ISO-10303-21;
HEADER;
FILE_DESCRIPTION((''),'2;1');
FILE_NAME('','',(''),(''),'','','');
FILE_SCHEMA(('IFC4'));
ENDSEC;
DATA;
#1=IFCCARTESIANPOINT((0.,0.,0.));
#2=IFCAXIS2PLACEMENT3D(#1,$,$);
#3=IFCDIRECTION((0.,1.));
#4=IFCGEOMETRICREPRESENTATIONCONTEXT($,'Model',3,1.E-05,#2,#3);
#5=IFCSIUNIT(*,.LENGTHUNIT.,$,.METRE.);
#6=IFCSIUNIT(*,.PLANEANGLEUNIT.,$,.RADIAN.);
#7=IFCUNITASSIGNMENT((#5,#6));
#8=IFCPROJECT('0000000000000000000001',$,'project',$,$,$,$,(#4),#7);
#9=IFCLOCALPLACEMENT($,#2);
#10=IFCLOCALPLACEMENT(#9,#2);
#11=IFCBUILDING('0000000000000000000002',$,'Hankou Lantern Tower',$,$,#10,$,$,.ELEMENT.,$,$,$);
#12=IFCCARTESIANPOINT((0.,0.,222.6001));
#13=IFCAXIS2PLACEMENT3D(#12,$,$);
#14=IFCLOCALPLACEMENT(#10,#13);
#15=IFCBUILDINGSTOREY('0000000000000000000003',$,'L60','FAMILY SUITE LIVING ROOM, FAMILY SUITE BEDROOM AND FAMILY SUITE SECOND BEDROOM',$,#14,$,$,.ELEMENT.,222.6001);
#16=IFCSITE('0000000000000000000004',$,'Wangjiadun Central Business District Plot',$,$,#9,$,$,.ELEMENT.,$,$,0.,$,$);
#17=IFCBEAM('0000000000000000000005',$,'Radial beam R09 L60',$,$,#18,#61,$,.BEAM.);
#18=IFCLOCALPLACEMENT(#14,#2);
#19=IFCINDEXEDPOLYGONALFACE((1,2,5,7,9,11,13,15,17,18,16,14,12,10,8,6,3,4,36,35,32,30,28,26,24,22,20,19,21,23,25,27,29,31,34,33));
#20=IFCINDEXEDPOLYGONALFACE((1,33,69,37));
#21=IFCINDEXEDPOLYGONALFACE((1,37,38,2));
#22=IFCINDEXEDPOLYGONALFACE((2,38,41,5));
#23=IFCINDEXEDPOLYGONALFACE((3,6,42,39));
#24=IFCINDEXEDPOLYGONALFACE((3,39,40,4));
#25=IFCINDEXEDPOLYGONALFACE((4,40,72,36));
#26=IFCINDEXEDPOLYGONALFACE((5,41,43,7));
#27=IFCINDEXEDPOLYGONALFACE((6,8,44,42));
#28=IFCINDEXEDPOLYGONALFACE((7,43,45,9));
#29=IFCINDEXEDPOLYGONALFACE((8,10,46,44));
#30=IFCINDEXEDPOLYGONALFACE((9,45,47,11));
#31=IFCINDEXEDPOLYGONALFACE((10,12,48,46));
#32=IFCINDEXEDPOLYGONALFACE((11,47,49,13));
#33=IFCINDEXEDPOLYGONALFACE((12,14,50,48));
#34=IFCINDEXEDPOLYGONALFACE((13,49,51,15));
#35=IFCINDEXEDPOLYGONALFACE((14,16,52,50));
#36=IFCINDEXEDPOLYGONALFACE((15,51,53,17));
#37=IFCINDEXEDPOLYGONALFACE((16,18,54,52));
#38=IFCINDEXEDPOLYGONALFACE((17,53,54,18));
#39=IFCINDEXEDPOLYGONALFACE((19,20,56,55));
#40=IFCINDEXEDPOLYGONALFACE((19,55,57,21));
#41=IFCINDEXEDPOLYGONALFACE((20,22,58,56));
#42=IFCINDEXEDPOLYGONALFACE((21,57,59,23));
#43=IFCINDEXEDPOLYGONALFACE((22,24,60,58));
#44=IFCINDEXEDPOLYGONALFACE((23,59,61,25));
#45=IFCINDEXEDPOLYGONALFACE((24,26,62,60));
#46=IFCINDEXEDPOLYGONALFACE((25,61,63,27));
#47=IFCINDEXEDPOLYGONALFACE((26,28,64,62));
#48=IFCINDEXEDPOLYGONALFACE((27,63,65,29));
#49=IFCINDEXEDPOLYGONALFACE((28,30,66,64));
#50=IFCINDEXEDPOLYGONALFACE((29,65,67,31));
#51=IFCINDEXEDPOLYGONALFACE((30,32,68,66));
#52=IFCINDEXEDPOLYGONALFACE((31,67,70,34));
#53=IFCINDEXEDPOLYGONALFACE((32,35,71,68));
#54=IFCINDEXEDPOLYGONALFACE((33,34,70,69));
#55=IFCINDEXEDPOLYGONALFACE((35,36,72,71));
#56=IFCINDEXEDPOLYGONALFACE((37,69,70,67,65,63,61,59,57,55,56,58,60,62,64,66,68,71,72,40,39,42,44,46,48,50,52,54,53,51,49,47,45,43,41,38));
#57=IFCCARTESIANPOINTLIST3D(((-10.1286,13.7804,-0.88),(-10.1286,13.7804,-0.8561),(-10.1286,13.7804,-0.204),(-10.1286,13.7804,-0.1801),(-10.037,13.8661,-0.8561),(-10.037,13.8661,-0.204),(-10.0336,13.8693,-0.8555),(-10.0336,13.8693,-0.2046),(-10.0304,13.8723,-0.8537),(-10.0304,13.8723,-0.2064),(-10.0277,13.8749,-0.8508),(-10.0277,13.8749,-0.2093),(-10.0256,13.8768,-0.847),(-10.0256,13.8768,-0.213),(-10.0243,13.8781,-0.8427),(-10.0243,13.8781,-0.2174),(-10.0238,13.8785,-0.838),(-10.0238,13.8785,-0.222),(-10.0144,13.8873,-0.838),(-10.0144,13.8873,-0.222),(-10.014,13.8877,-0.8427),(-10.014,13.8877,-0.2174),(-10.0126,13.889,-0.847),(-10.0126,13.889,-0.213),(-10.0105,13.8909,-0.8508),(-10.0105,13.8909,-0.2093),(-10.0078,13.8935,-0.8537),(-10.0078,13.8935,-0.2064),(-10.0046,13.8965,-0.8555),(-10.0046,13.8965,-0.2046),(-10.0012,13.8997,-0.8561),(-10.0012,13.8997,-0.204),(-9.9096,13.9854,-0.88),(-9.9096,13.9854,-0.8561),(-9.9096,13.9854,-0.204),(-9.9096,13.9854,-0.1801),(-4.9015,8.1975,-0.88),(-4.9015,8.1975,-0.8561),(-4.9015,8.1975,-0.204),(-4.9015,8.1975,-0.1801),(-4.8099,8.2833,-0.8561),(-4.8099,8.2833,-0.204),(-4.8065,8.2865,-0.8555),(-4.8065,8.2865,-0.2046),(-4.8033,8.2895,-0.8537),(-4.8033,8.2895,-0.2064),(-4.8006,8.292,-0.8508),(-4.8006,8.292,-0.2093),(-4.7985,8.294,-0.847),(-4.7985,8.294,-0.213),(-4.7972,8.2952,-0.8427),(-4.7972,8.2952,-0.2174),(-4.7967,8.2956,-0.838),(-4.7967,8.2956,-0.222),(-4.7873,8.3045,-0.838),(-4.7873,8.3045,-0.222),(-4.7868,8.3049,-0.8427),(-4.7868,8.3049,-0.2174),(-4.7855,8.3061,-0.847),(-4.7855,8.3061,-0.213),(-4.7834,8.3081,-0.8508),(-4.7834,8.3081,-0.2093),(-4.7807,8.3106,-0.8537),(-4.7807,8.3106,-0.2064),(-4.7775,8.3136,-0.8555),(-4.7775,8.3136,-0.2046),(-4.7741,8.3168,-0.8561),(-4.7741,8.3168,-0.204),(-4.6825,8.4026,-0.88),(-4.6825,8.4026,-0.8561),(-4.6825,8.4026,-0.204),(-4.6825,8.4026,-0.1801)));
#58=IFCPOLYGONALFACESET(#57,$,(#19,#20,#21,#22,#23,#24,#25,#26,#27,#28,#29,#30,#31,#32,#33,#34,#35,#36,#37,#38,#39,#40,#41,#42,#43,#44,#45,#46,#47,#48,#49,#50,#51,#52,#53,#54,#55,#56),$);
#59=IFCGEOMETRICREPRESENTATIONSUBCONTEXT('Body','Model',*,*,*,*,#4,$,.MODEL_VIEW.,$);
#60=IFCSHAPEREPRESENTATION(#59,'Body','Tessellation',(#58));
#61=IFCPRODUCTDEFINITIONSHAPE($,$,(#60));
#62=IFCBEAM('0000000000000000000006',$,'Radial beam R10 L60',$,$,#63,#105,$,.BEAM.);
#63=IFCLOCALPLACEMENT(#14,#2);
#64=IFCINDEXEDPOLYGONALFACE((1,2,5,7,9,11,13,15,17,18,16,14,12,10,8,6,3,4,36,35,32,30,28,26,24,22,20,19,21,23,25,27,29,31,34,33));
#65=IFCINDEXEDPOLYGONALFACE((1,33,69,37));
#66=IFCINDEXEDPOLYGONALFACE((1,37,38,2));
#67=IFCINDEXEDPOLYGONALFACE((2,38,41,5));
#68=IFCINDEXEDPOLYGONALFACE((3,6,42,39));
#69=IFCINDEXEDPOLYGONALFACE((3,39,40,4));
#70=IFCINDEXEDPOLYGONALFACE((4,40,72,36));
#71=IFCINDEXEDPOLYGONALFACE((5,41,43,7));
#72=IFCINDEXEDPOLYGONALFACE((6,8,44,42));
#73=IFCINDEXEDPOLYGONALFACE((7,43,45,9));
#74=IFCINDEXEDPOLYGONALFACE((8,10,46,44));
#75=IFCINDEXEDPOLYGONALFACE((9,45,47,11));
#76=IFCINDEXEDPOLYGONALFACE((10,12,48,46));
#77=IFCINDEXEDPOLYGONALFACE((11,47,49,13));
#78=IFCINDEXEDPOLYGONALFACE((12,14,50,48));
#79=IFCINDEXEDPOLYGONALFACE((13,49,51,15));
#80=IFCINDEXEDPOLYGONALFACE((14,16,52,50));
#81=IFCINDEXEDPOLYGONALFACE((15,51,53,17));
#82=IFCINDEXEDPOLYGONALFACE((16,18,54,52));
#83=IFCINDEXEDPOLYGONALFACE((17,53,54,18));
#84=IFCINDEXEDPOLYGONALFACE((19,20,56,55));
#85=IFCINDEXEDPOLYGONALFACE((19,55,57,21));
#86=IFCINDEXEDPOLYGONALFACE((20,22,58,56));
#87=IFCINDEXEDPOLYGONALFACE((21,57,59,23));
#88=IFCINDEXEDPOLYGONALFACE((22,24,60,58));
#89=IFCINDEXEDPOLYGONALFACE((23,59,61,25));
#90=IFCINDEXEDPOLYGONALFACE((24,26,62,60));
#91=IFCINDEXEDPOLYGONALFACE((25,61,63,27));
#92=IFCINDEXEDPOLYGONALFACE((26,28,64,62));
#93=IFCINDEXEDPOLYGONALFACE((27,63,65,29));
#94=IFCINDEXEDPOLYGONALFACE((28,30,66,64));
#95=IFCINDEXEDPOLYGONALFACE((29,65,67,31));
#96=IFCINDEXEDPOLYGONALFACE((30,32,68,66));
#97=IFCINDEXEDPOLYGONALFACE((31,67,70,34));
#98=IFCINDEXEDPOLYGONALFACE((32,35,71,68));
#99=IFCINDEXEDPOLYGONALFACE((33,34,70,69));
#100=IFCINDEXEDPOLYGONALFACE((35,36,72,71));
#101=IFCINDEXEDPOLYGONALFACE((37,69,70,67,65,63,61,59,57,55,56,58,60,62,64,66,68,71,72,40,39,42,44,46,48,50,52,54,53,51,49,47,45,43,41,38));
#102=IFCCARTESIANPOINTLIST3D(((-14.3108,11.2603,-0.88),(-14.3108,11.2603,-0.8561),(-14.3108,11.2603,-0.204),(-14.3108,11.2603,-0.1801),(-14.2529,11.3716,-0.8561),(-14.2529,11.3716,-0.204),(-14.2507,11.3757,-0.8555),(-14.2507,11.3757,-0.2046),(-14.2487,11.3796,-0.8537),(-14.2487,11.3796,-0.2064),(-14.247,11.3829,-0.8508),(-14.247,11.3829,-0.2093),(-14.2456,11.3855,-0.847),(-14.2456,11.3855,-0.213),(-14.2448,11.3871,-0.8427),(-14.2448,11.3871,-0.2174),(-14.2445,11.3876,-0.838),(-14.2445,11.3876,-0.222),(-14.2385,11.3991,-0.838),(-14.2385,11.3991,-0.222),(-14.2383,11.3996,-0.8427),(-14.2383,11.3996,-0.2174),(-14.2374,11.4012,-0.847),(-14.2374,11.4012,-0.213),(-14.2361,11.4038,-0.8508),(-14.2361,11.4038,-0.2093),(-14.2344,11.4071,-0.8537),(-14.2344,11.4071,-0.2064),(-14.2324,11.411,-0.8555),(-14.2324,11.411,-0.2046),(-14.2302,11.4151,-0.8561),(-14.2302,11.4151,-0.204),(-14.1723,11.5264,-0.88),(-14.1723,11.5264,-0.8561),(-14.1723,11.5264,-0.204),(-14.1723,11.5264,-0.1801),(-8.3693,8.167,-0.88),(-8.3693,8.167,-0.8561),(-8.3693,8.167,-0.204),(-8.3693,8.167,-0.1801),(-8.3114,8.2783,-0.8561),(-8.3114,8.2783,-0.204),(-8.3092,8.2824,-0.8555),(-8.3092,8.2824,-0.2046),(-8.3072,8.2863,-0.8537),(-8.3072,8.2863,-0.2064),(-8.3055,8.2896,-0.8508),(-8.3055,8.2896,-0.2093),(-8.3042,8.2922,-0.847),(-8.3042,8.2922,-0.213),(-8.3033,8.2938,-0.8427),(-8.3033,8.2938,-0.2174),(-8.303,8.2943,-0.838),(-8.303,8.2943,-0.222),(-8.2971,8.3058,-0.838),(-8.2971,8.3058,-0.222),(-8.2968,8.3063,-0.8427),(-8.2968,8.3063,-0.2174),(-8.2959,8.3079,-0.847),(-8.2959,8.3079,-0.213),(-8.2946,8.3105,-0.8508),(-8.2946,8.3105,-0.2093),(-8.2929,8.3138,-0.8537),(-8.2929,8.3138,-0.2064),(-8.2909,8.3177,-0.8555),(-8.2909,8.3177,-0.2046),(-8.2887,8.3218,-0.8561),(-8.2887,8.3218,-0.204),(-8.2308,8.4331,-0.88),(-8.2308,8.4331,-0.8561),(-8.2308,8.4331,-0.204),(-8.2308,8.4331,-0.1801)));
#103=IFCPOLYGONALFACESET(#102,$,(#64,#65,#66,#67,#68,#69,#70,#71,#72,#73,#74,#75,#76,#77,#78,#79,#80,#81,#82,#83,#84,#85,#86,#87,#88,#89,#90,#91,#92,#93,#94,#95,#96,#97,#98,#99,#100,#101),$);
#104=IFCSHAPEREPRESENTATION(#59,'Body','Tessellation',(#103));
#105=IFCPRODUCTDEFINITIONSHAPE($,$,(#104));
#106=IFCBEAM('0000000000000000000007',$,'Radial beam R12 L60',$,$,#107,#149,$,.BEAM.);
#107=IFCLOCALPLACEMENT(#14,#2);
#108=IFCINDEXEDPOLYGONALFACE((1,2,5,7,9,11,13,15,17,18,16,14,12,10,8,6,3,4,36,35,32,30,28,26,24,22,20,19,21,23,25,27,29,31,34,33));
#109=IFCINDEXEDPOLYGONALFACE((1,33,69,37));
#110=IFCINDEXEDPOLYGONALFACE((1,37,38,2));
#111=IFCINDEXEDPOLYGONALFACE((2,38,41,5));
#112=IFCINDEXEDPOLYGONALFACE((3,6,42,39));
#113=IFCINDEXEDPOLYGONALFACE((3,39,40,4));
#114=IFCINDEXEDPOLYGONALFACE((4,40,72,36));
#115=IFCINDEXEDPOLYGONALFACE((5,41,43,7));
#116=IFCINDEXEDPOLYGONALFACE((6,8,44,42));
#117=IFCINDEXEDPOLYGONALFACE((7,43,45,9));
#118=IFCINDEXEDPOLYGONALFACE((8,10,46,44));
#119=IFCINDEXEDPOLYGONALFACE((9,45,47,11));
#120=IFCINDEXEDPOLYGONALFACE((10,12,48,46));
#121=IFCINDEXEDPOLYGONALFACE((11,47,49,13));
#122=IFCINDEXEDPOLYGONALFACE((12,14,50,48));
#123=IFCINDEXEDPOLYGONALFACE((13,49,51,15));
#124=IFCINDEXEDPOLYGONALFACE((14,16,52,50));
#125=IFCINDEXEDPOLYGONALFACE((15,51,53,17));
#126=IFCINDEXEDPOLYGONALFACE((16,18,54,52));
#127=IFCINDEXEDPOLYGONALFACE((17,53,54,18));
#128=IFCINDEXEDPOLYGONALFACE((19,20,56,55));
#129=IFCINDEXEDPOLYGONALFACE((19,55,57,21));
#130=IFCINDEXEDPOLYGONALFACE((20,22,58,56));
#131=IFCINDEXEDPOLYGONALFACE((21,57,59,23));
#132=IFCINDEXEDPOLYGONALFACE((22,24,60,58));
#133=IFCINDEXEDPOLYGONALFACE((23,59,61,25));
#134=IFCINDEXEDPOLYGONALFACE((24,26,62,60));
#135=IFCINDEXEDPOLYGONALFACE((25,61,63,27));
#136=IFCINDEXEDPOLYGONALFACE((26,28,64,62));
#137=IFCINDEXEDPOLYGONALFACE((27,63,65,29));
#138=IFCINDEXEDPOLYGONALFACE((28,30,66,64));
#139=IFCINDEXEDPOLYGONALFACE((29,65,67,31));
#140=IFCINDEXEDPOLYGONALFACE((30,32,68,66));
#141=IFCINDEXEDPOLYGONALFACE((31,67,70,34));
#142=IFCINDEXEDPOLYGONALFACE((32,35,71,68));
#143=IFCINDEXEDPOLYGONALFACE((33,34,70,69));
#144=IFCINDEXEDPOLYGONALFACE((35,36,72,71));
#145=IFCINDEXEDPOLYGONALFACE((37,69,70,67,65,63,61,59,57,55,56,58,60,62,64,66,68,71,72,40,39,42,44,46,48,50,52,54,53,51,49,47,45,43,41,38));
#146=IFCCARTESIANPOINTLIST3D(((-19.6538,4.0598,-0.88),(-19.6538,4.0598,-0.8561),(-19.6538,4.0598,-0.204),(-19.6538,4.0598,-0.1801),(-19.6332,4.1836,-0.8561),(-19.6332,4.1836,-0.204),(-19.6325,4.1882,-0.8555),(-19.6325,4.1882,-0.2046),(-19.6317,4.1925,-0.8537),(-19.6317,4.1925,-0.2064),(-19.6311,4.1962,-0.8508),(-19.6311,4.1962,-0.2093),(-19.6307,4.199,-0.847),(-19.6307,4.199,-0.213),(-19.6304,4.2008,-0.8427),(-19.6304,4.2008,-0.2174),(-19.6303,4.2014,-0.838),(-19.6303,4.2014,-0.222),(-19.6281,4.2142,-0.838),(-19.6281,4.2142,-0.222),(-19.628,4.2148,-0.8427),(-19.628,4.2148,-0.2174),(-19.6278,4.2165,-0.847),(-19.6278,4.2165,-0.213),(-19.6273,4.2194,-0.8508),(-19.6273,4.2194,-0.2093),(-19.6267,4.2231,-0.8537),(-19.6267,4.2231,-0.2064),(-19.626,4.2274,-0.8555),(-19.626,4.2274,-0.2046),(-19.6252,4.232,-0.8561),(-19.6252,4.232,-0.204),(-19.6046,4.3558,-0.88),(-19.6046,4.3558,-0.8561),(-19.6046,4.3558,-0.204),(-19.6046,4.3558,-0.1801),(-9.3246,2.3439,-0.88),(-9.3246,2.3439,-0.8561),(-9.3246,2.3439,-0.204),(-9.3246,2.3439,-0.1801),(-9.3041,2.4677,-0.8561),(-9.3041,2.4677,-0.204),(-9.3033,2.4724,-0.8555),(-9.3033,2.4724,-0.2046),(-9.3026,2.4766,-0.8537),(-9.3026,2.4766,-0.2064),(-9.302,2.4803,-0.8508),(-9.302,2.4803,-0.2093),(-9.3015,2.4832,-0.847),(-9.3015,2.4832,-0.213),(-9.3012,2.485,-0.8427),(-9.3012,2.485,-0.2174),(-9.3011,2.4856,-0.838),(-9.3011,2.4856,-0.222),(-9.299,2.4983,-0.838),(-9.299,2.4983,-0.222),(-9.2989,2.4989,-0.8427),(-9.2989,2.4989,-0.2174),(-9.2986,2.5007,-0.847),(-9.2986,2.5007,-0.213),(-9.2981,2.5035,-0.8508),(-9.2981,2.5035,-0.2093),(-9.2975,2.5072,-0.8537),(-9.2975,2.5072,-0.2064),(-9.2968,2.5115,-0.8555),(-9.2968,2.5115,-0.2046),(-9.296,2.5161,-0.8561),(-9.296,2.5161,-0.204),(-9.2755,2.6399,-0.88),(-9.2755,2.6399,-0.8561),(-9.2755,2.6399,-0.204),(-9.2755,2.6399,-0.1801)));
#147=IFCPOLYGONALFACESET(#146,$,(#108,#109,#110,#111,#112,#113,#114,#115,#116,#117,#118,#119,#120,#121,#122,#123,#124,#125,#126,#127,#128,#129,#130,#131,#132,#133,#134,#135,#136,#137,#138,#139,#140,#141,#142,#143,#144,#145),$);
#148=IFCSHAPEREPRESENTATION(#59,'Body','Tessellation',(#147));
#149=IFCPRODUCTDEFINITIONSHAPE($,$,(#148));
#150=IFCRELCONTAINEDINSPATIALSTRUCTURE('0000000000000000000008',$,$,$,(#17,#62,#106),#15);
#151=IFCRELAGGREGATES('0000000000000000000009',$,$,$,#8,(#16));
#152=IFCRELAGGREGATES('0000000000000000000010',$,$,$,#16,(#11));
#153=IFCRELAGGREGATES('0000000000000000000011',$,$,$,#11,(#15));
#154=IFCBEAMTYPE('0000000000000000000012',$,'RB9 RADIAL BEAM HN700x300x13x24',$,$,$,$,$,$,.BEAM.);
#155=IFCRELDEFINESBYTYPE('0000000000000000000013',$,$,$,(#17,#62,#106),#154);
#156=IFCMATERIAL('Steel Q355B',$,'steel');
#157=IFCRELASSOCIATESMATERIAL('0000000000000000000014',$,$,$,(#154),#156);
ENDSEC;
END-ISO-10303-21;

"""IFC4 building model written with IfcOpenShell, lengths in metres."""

from ifc_helpers import new_model, si_unit, direction, frame, origin, origin_2d, place, context, subcontext, project, spatial, i_section, extrude, material, material_profile, profile_set, type_object, element, save


model = new_model("IFC4")

# Units and contexts
model_context = context("Model", 3, precision=1e-05, world=origin(), true_north=direction((0.0, 1.0)))
body_context = subcontext(model_context, "Body", "Model", "MODEL_VIEW")
ifc_project = project(units=[si_unit("LENGTHUNIT", "METRE"), si_unit("PLANEANGLEUNIT", "RADIAN")], contexts=[model_context])

# Site, building, storey
site_placement = place(None, origin())
site = spatial("IfcSite", under=ifc_project, at=site_placement, Name="Wangjiadun Central Business District Plot", CompositionType="ELEMENT", RefElevation=0.0)
building_placement = place(site_placement, origin())
building = spatial("IfcBuilding", under=site, at=building_placement, Name="Hankou Lantern Tower", CompositionType="ELEMENT")
storey_placement = place(building_placement, frame((0.0, 0.0, 222.6001)))
storey = spatial("IfcBuildingStorey", under=building, at=storey_placement, Name="L60", Description="FAMILY SUITE LIVING ROOM, FAMILY SUITE BEDROOM AND FAMILY SUITE SECOND BEDROOM", CompositionType="ELEMENT", Elevation=222.6001)

# Beams
ifc_material_1 = material(Name="Steel Q355B", Category="steel")
ifc_material_profile_1 = material_profile(ifc_material_1, i_section(OverallWidth=0.3, OverallDepth=0.7, WebThickness=0.0129, FlangeThickness=0.0239, FilletRadius=0.0181, at=origin_2d()), Name="HN700x300x13x24")
ifc_profile_set_1 = profile_set([ifc_material_profile_1], Name="Steel Q355B")
beam_type_1 = type_object("IfcBeamType", Name="RB9 RADIAL BEAM HN700x300x13x24", PredefinedType="BEAM", material=ifc_profile_set_1)
beam_1_placement = place(storey_placement, frame((-4.792, 8.3, -0.53), z_axis=(-0.683468, 0.72998, 0.0), x_axis=(-0.72998, -0.683468, 0.0)))
element("IfcBeam", 1, at=beam_1_placement, inside=storey, type_object=beam_type_1, Name="Radial beam R09 L60", PredefinedType="BEAM", context=body_context, shape_type="SweptSolid", body=[
    extrude(i_section(OverallWidth=0.3, OverallDepth=0.7, WebThickness=0.0129, FlangeThickness=0.0239, FilletRadius=0.0181, at=origin_2d()), origin(), (0.0, 0.0, 1.0), 7.6479),
])
beam_2_placement = place(storey_placement, frame((-8.3, 8.3, -0.53), z_axis=(-0.886989, 0.461791, 0.0), x_axis=(-0.461791, -0.886989, 0.0)))
element("IfcBeam", 2, at=beam_2_placement, inside=storey, type_object=beam_type_1, Name="Radial beam R10 L60", PredefinedType="BEAM", context=body_context, shape_type="SweptSolid", body=[
    extrude(i_section(OverallWidth=0.3, OverallDepth=0.7, WebThickness=0.0129, FlangeThickness=0.0239, FilletRadius=0.0181, at=origin_2d()), origin(), (0.0, 0.0, 1.0), 6.6985),
])
beam_3_placement = place(storey_placement, frame((-9.3, 2.4919, -0.53), z_axis=(-0.986482, 0.16387, 0.0), x_axis=(-0.16387, -0.986482, 0.0)))
element("IfcBeam", 3, at=beam_3_placement, inside=storey, type_object=beam_type_1, Name="Radial beam R12 L60", PredefinedType="BEAM", context=body_context, shape_type="SweptSolid", body=[
    extrude(i_section(OverallWidth=0.3, OverallDepth=0.7, WebThickness=0.0129, FlangeThickness=0.0239, FilletRadius=0.0181, at=origin_2d()), origin(), (0.0, 0.0, 1.0), 10.4707),
])

save(model, "model.ifc")
